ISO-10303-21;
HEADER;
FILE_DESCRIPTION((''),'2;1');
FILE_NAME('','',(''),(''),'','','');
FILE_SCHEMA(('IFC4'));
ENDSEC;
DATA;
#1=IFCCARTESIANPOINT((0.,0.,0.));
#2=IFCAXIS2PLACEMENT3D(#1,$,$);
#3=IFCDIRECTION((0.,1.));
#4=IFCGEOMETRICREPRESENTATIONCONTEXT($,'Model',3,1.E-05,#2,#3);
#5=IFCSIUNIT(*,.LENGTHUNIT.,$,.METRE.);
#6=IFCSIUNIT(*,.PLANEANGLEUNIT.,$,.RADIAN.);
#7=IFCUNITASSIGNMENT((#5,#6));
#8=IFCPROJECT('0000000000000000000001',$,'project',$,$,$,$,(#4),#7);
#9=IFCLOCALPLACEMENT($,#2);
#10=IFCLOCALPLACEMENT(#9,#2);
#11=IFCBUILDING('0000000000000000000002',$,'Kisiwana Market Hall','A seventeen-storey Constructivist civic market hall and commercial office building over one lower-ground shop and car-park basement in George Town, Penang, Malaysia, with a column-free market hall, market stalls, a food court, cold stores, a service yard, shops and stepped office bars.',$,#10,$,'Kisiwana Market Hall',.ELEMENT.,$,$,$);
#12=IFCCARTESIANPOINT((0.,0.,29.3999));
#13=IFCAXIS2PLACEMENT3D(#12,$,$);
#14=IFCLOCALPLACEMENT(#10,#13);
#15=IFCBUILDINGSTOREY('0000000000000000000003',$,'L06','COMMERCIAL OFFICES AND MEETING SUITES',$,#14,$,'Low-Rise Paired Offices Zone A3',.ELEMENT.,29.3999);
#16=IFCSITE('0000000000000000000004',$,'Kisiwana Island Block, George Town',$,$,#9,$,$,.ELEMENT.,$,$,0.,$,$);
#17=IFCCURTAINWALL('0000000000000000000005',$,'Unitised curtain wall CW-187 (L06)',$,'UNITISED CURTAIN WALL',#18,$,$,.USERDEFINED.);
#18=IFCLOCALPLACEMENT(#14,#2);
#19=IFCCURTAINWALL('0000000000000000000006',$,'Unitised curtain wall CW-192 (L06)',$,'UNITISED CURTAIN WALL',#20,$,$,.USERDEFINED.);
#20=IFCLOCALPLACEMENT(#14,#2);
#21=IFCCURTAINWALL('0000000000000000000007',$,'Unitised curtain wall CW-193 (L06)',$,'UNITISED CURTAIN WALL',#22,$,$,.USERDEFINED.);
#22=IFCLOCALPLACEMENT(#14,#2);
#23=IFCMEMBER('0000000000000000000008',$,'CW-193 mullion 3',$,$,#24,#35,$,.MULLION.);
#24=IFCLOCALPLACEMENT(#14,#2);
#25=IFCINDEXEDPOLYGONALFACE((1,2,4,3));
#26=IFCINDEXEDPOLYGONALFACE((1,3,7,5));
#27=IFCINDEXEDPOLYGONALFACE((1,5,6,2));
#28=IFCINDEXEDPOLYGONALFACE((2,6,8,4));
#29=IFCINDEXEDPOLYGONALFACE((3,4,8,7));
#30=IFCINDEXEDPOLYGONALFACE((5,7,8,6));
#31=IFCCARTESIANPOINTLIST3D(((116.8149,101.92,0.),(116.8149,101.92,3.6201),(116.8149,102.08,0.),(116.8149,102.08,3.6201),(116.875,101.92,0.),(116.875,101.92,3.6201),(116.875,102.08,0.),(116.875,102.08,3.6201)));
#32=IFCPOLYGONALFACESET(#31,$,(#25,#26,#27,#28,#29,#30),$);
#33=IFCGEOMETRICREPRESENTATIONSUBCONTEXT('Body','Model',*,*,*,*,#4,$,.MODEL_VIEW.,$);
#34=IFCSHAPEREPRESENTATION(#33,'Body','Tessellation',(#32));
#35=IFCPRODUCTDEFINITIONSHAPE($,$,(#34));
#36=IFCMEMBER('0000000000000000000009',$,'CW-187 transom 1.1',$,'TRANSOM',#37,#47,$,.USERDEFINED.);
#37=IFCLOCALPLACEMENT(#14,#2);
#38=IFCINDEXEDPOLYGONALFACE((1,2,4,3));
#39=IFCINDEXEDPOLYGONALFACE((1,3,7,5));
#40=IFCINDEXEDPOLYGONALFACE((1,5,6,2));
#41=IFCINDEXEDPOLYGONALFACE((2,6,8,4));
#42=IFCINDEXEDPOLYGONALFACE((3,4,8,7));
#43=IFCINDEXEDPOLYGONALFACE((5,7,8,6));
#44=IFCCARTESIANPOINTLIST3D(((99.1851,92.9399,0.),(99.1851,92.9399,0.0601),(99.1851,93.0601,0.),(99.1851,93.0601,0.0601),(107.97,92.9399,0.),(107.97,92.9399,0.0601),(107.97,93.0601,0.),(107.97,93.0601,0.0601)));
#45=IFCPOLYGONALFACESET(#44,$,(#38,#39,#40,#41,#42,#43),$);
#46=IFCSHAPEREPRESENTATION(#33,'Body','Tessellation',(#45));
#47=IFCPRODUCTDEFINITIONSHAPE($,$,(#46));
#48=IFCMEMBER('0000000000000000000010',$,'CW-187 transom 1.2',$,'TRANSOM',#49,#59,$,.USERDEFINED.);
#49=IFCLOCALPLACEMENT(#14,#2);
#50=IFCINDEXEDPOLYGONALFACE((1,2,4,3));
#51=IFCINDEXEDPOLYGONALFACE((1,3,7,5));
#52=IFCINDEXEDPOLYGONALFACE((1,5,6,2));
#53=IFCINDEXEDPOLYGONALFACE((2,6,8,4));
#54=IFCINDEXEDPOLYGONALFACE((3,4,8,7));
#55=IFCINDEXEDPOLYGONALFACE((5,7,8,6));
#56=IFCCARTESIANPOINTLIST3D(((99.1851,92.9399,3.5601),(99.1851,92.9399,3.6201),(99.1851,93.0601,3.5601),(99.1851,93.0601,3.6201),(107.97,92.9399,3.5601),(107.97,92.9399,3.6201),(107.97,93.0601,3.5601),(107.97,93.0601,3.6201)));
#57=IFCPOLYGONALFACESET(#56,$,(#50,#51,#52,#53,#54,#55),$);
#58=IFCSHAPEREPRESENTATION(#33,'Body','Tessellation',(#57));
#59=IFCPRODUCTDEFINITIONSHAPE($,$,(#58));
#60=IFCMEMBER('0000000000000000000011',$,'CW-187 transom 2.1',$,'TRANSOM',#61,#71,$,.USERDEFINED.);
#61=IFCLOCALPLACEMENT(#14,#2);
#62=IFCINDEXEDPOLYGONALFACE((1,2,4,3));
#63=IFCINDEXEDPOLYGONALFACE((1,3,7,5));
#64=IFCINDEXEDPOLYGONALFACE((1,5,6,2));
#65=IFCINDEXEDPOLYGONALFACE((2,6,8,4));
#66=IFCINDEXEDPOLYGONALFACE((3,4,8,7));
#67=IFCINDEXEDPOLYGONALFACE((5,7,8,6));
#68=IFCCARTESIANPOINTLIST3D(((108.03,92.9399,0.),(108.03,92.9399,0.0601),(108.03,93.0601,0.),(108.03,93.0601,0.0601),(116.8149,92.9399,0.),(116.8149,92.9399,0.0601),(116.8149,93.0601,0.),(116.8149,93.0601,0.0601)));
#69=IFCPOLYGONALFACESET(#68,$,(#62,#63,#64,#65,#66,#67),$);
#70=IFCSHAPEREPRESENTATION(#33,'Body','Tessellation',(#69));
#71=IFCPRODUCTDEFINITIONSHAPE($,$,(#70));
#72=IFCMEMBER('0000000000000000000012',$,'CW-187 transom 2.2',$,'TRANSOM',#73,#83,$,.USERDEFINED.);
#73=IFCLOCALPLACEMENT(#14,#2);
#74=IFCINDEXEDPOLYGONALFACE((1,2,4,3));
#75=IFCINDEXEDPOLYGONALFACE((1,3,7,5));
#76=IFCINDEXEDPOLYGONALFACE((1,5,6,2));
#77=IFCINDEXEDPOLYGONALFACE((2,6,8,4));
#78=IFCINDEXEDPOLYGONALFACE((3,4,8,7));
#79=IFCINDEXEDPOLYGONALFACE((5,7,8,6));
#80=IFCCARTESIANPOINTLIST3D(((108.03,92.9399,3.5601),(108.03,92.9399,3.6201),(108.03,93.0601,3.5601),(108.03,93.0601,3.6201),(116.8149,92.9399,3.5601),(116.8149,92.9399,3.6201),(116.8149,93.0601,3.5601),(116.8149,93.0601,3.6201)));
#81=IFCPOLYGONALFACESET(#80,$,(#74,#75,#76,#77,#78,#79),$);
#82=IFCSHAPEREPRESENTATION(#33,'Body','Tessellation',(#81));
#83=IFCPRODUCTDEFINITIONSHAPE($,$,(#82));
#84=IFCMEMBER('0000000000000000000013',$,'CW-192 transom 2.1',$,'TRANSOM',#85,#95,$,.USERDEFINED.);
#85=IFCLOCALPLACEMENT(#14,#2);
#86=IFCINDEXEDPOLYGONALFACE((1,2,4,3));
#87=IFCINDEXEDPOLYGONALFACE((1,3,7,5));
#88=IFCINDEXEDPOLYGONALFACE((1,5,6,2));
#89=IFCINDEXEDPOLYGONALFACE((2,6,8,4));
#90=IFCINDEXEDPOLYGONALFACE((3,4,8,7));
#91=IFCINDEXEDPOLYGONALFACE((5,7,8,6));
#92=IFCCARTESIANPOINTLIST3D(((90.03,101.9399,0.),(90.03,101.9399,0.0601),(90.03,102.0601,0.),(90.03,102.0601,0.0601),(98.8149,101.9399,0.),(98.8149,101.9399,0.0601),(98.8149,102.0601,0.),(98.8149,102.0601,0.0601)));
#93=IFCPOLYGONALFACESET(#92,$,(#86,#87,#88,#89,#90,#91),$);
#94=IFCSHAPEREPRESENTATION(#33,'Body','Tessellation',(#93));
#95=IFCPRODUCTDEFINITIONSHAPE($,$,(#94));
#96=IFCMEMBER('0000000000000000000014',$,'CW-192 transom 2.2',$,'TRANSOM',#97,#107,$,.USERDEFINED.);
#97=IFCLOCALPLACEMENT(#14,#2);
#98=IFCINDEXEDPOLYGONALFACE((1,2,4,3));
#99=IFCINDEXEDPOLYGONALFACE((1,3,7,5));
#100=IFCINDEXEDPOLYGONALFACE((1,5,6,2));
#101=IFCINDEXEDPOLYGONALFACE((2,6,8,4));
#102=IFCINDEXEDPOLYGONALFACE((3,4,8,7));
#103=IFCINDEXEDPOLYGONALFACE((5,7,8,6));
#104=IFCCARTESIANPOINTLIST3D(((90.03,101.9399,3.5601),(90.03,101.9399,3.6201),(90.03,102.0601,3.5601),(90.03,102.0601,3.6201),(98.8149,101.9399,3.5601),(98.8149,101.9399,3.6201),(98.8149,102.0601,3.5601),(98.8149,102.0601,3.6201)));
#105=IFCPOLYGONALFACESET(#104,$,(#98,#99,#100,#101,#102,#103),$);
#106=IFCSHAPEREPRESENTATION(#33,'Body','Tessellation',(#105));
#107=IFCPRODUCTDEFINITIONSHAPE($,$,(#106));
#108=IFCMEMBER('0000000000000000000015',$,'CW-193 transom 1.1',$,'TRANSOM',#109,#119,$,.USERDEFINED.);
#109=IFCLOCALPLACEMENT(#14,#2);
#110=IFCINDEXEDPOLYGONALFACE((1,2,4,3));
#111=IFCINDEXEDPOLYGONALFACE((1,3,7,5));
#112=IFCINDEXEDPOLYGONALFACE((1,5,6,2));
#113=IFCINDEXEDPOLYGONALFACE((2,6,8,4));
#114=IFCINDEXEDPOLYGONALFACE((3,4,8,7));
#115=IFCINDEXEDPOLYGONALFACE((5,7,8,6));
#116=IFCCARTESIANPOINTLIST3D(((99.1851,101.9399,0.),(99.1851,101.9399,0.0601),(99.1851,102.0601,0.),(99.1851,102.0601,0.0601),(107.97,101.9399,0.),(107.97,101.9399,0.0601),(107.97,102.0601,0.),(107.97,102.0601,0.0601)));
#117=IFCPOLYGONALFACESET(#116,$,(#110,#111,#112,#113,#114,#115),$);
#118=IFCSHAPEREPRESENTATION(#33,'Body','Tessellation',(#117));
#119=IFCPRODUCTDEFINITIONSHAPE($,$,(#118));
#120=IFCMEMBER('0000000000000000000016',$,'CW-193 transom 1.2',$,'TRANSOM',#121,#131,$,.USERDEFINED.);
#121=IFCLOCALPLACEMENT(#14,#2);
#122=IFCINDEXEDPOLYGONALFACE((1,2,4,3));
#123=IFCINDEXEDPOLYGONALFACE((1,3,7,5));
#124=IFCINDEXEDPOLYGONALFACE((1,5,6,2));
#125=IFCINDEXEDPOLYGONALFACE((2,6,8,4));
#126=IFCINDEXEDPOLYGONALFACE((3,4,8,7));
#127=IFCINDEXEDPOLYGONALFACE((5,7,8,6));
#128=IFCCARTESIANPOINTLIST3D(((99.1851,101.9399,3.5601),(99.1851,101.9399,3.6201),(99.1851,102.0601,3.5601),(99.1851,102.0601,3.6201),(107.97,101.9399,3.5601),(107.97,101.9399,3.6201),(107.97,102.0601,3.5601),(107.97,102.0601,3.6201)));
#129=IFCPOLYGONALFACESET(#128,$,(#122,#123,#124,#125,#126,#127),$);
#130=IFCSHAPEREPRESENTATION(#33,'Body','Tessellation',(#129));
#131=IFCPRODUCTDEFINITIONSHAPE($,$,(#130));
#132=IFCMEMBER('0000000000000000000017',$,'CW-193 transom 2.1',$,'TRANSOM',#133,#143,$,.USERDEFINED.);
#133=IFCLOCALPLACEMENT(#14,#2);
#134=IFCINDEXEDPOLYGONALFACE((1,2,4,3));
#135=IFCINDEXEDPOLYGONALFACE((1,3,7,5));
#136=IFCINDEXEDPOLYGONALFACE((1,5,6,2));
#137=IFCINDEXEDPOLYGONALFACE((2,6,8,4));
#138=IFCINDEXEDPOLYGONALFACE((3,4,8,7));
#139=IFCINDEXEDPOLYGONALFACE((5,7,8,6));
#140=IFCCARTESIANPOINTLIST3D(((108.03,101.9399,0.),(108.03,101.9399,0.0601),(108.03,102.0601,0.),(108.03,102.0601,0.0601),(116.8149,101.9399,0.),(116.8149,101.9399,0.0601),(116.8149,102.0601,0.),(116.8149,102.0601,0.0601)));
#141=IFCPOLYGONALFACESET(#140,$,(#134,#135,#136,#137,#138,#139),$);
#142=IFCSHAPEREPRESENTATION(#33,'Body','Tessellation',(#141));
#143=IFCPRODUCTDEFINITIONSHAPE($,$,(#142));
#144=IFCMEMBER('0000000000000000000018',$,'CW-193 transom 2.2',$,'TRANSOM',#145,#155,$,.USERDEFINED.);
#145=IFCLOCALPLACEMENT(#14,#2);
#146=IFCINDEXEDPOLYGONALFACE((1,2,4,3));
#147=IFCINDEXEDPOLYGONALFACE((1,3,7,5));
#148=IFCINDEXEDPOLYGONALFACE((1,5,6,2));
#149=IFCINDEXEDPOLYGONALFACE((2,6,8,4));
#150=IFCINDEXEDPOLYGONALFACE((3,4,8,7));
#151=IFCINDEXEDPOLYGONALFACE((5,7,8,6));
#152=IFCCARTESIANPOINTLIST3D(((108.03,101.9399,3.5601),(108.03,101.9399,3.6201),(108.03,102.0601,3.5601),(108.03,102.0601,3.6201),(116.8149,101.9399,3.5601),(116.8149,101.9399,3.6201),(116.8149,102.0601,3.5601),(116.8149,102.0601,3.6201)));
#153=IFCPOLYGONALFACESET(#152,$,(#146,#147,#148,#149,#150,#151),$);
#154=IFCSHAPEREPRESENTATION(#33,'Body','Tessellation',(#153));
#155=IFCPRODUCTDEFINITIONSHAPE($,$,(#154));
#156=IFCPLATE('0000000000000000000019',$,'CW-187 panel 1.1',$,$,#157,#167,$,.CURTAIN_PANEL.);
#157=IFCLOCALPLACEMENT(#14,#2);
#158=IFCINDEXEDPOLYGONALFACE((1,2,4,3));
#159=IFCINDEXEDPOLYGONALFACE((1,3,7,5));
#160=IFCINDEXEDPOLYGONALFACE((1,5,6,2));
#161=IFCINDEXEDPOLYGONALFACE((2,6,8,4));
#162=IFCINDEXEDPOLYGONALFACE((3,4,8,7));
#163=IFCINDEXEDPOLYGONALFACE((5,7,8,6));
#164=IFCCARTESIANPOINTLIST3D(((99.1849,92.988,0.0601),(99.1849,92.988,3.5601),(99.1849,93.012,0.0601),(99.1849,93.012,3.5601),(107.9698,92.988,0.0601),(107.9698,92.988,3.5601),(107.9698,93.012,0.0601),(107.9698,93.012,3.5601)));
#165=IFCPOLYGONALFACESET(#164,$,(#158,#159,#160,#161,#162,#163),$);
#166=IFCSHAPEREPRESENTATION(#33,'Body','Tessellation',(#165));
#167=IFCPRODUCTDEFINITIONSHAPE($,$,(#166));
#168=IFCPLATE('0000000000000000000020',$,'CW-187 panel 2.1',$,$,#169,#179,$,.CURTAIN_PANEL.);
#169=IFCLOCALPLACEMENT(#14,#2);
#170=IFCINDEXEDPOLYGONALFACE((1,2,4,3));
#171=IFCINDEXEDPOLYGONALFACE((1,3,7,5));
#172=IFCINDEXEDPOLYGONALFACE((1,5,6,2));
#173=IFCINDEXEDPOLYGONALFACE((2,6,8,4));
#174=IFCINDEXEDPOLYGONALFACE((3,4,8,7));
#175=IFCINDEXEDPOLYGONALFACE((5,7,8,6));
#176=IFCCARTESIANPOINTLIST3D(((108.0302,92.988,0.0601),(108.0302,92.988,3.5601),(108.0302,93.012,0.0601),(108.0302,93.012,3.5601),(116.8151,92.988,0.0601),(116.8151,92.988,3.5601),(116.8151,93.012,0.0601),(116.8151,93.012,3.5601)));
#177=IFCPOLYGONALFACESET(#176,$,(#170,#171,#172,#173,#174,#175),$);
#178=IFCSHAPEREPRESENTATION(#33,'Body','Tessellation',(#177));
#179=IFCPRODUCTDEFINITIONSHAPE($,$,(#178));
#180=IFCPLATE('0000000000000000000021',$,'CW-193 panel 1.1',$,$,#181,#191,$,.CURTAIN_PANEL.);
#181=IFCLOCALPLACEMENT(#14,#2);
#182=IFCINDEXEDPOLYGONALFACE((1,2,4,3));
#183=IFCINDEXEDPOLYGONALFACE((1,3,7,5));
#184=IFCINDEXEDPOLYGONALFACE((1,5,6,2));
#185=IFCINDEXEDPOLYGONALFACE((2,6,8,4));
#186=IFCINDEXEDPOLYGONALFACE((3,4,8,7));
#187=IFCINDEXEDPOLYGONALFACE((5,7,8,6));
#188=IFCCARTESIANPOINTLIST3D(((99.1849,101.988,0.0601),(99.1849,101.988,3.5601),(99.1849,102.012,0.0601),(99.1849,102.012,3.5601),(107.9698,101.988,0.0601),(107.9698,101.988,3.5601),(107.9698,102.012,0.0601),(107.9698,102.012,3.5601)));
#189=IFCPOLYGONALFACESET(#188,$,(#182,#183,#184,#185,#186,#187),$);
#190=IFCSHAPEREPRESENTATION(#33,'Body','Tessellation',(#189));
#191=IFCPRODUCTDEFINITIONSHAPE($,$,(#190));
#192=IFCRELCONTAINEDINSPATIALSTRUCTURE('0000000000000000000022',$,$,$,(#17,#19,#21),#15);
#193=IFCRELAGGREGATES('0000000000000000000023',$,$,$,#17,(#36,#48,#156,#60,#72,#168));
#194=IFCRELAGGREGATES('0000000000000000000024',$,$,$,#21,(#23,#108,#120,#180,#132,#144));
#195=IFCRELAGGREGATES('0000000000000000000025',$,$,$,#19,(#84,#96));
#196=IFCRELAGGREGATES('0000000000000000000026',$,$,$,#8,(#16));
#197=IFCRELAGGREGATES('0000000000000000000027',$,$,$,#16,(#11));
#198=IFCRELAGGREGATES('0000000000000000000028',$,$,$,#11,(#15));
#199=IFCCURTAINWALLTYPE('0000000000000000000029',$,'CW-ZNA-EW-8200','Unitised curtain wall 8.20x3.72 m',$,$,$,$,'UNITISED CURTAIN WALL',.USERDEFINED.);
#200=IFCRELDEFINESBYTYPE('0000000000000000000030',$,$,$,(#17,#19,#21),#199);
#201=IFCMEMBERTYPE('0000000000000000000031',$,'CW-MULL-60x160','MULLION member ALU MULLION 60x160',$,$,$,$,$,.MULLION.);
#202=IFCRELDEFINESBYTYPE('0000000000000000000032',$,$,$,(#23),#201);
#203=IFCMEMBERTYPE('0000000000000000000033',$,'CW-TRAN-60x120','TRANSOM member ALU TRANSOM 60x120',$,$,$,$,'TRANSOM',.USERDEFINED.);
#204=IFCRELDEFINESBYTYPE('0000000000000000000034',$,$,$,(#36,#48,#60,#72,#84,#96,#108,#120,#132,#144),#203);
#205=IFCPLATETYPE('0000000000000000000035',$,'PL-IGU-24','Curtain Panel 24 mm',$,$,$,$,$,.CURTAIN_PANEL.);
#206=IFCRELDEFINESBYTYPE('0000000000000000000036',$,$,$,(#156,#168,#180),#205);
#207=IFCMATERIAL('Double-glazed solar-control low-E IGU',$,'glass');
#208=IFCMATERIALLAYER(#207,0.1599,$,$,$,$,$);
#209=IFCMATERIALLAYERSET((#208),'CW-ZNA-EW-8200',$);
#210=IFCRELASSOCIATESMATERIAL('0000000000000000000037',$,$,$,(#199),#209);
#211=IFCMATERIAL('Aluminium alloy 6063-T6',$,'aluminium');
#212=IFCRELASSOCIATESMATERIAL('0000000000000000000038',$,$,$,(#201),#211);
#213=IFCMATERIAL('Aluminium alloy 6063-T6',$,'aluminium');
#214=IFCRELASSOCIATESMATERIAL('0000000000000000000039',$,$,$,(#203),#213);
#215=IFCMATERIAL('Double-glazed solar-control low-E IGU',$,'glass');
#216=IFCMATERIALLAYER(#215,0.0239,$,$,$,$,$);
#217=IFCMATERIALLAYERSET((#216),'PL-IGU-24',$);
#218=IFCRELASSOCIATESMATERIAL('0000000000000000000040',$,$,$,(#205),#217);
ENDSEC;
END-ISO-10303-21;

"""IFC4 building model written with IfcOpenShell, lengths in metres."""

from ifc_helpers import new_model, si_unit, direction, frame, origin, origin_2d, place, context, subcontext, project, spatial, rectangle, extrude, material, layer, layer_set, material_profile, profile_set, type_object, element, aggregate, save


model = new_model("IFC4")

# Units and contexts
model_context = context("Model", 3, precision=1e-05, world=origin(), true_north=direction((0.0, 1.0)))
body_context = subcontext(model_context, "Body", "Model", "MODEL_VIEW")
ifc_project = project(units=[si_unit("LENGTHUNIT", "METRE"), si_unit("PLANEANGLEUNIT", "RADIAN")], contexts=[model_context])

# Site, building, storey
site_placement = place(None, origin())
site = spatial("IfcSite", under=ifc_project, at=site_placement, Name="Kisiwana Island Block, George Town", CompositionType="ELEMENT", RefElevation=0.0)
building_placement = place(site_placement, origin())
building = spatial("IfcBuilding", under=site, at=building_placement, Name="Kisiwana Market Hall", Description="A seventeen-storey Constructivist civic market hall and commercial office building over one lower-ground shop and car-park basement in George Town, Penang, Malaysia, with a column-free market hall, market stalls, a food court, cold stores, a service yard, shops and stepped office bars.", LongName="Kisiwana Market Hall", CompositionType="ELEMENT")
storey_placement = place(building_placement, frame((0.0, 0.0, 29.3999)))
storey = spatial("IfcBuildingStorey", under=building, at=storey_placement, Name="L06", Description="COMMERCIAL OFFICES AND MEETING SUITES", LongName="Low-Rise Paired Offices Zone A3", CompositionType="ELEMENT", Elevation=29.3999)

# Shared definitions
ifc_material_1 = material(Name="Double-glazed solar-control low-E IGU", Category="glass")
ifc_layer_1 = layer(ifc_material_1, 0.1599)
ifc_layer_set_1 = layer_set([ifc_layer_1], Name="CW-ZNA-EW-8200")
curtain_wall_type = type_object("IfcCurtainWallType", Name="CW-ZNA-EW-8200", Description="Unitised curtain wall 8.20x3.72 m", ElementType="UNITISED CURTAIN WALL", PredefinedType="USERDEFINED", material=ifc_layer_set_1)
ifc_material_2 = material(Name="Aluminium alloy 6063-T6", Category="aluminium")
ifc_material_profile_1 = material_profile(ifc_material_2, rectangle(XDim=0.0601, YDim=0.1599, at=origin_2d()), Name="ALU MULLION 60x160")
ifc_profile_set_1 = profile_set([ifc_material_profile_1], Name="Aluminium alloy 6063-T6")
member_type_1 = type_object("IfcMemberType", Name="CW-MULL-60x160", Description="MULLION member ALU MULLION 60x160", PredefinedType="MULLION", material=ifc_profile_set_1)

# Curtain wall
curtain_wall_1_placement = place(storey_placement, origin())
curtain_wall_1 = element("IfcCurtainWall", 1, at=curtain_wall_1_placement, inside=storey, type_object=curtain_wall_type, Name="Unitised curtain wall CW-187 (L06)", ObjectType="UNITISED CURTAIN WALL", PredefinedType="USERDEFINED")

# Curtain wall
curtain_wall_2_placement = place(storey_placement, origin())
curtain_wall_2 = element("IfcCurtainWall", 2, at=curtain_wall_2_placement, inside=storey, type_object=curtain_wall_type, Name="Unitised curtain wall CW-192 (L06)", ObjectType="UNITISED CURTAIN WALL", PredefinedType="USERDEFINED")

# Curtain wall, member
curtain_wall_3_placement = place(storey_placement, origin())
curtain_wall_3 = element("IfcCurtainWall", 3, at=curtain_wall_3_placement, inside=storey, type_object=curtain_wall_type, Name="Unitised curtain wall CW-193 (L06)", ObjectType="UNITISED CURTAIN WALL", PredefinedType="USERDEFINED")
member_1_placement = place(storey_placement, frame((116.845, 102.0, 0.0), z_axis=(0.0, 0.0, 1.0), x_axis=(1.0, 0.0, 0.0)))
member_1 = element("IfcMember", 4, at=member_1_placement, type_object=member_type_1, Name="CW-193 mullion 3", PredefinedType="MULLION", context=body_context, shape_type="SweptSolid", body=[
    extrude(rectangle(XDim=0.0601, YDim=0.1599, at=origin_2d()), origin(), (0.0, 0.0, 1.0), 3.6201),
])

# Members
ifc_material_3 = material(Name="Aluminium alloy 6063-T6", Category="aluminium")
ifc_material_profile_2 = material_profile(ifc_material_3, rectangle(XDim=0.1201, YDim=0.0601, at=origin_2d()), Name="ALU TRANSOM 60x120")
ifc_profile_set_2 = profile_set([ifc_material_profile_2], Name="Aluminium alloy 6063-T6")
member_type_2 = type_object("IfcMemberType", Name="CW-TRAN-60x120", Description="TRANSOM member ALU TRANSOM 60x120", ElementType="TRANSOM", PredefinedType="USERDEFINED", material=ifc_profile_set_2)
member_2_placement = place(storey_placement, frame((99.1851, 93.0, 0.03), z_axis=(1.0, 0.0, 0.0), x_axis=(0.0, 1.0, 0.0)))
member_2 = element("IfcMember", 5, at=member_2_placement, type_object=member_type_2, Name="CW-187 transom 1.1", ObjectType="TRANSOM", PredefinedType="USERDEFINED", context=body_context, shape_type="SweptSolid", body=[
    extrude(rectangle(XDim=0.1201, YDim=0.0601, at=origin_2d()), origin(), (0.0, 0.0, 1.0), 8.7849),
])
member_3_placement = place(storey_placement, frame((99.1851, 93.0, 3.5901), z_axis=(1.0, 0.0, 0.0), x_axis=(0.0, 1.0, 0.0)))
member_3 = element("IfcMember", 6, at=member_3_placement, type_object=member_type_2, Name="CW-187 transom 1.2", ObjectType="TRANSOM", PredefinedType="USERDEFINED", context=body_context, shape_type="SweptSolid", body=[
    extrude(rectangle(XDim=0.1201, YDim=0.0601, at=origin_2d()), origin(), (0.0, 0.0, 1.0), 8.7849),
])
member_4_placement = place(storey_placement, frame((108.03, 93.0, 0.03), z_axis=(1.0, 0.0, 0.0), x_axis=(0.0, 1.0, 0.0)))
member_4 = element("IfcMember", 7, at=member_4_placement, type_object=member_type_2, Name="CW-187 transom 2.1", ObjectType="TRANSOM", PredefinedType="USERDEFINED", context=body_context, shape_type="SweptSolid", body=[
    extrude(rectangle(XDim=0.1201, YDim=0.0601, at=origin_2d()), origin(), (0.0, 0.0, 1.0), 8.7849),
])
member_5_placement = place(storey_placement, frame((108.03, 93.0, 3.5901), z_axis=(1.0, 0.0, 0.0), x_axis=(0.0, 1.0, 0.0)))
member_5 = element("IfcMember", 8, at=member_5_placement, type_object=member_type_2, Name="CW-187 transom 2.2", ObjectType="TRANSOM", PredefinedType="USERDEFINED", context=body_context, shape_type="SweptSolid", body=[
    extrude(rectangle(XDim=0.1201, YDim=0.0601, at=origin_2d()), origin(), (0.0, 0.0, 1.0), 8.7849),
])
member_6_placement = place(storey_placement, frame((90.03, 102.0, 0.03), z_axis=(1.0, 0.0, 0.0), x_axis=(0.0, 1.0, 0.0)))
member_6 = element("IfcMember", 9, at=member_6_placement, type_object=member_type_2, Name="CW-192 transom 2.1", ObjectType="TRANSOM", PredefinedType="USERDEFINED", context=body_context, shape_type="SweptSolid", body=[
    extrude(rectangle(XDim=0.1201, YDim=0.0601, at=origin_2d()), origin(), (0.0, 0.0, 1.0), 8.7849),
])
member_7_placement = place(storey_placement, frame((90.03, 102.0, 3.5901), z_axis=(1.0, 0.0, 0.0), x_axis=(0.0, 1.0, 0.0)))
member_7 = element("IfcMember", 10, at=member_7_placement, type_object=member_type_2, Name="CW-192 transom 2.2", ObjectType="TRANSOM", PredefinedType="USERDEFINED", context=body_context, shape_type="SweptSolid", body=[
    extrude(rectangle(XDim=0.1201, YDim=0.0601, at=origin_2d()), origin(), (0.0, 0.0, 1.0), 8.7849),
])
member_8_placement = place(storey_placement, frame((99.1851, 102.0, 0.03), z_axis=(1.0, 0.0, 0.0), x_axis=(0.0, 1.0, 0.0)))
member_8 = element("IfcMember", 11, at=member_8_placement, type_object=member_type_2, Name="CW-193 transom 1.1", ObjectType="TRANSOM", PredefinedType="USERDEFINED", context=body_context, shape_type="SweptSolid", body=[
    extrude(rectangle(XDim=0.1201, YDim=0.0601, at=origin_2d()), origin(), (0.0, 0.0, 1.0), 8.7849),
])
member_9_placement = place(storey_placement, frame((99.1851, 102.0, 3.5901), z_axis=(1.0, 0.0, 0.0), x_axis=(0.0, 1.0, 0.0)))
member_9 = element("IfcMember", 12, at=member_9_placement, type_object=member_type_2, Name="CW-193 transom 1.2", ObjectType="TRANSOM", PredefinedType="USERDEFINED", context=body_context, shape_type="SweptSolid", body=[
    extrude(rectangle(XDim=0.1201, YDim=0.0601, at=origin_2d()), origin(), (0.0, 0.0, 1.0), 8.7849),
])
member_10_placement = place(storey_placement, frame((108.03, 102.0, 0.03), z_axis=(1.0, 0.0, 0.0), x_axis=(0.0, 1.0, 0.0)))
member_10 = element("IfcMember", 13, at=member_10_placement, type_object=member_type_2, Name="CW-193 transom 2.1", ObjectType="TRANSOM", PredefinedType="USERDEFINED", context=body_context, shape_type="SweptSolid", body=[
    extrude(rectangle(XDim=0.1201, YDim=0.0601, at=origin_2d()), origin(), (0.0, 0.0, 1.0), 8.7849),
])
member_11_placement = place(storey_placement, frame((108.03, 102.0, 3.5901), z_axis=(1.0, 0.0, 0.0), x_axis=(0.0, 1.0, 0.0)))
member_11 = element("IfcMember", 14, at=member_11_placement, type_object=member_type_2, Name="CW-193 transom 2.2", ObjectType="TRANSOM", PredefinedType="USERDEFINED", context=body_context, shape_type="SweptSolid", body=[
    extrude(rectangle(XDim=0.1201, YDim=0.0601, at=origin_2d()), origin(), (0.0, 0.0, 1.0), 8.7849),
])

# Plates
ifc_material_4 = material(Name="Double-glazed solar-control low-E IGU", Category="glass")
ifc_layer_2 = layer(ifc_material_4, 0.0239)
ifc_layer_set_2 = layer_set([ifc_layer_2], Name="PL-IGU-24")
plate_type_1 = type_object("IfcPlateType", Name="PL-IGU-24", Description="Curtain Panel 24 mm", PredefinedType="CURTAIN_PANEL", material=ifc_layer_set_2)
plate_1_placement = place(storey_placement, frame((103.5774, 93.0, 0.0601), z_axis=(0.0, 0.0, 1.0), x_axis=(1.0, 0.0, 0.0)))
plate_1 = element("IfcPlate", 15, at=plate_1_placement, type_object=plate_type_1, Name="CW-187 panel 1.1", PredefinedType="CURTAIN_PANEL", context=body_context, shape_type="SweptSolid", body=[
    extrude(rectangle(XDim=8.7849, YDim=0.0239, at=origin_2d()), origin(), (0.0, 0.0, 1.0), 3.5),
])
plate_2_placement = place(storey_placement, frame((112.4226, 93.0, 0.0601), z_axis=(0.0, 0.0, 1.0), x_axis=(1.0, 0.0, 0.0)))
plate_2 = element("IfcPlate", 16, at=plate_2_placement, type_object=plate_type_1, Name="CW-187 panel 2.1", PredefinedType="CURTAIN_PANEL", context=body_context, shape_type="SweptSolid", body=[
    extrude(rectangle(XDim=8.7849, YDim=0.0239, at=origin_2d()), origin(), (0.0, 0.0, 1.0), 3.5),
])
aggregate(curtain_wall_1, [member_2, member_3, plate_1, member_4, member_5, plate_2])
plate_3_placement = place(storey_placement, frame((103.5774, 102.0, 0.0601), z_axis=(0.0, 0.0, 1.0), x_axis=(1.0, 0.0, 0.0)))
plate_3 = element("IfcPlate", 17, at=plate_3_placement, type_object=plate_type_1, Name="CW-193 panel 1.1", PredefinedType="CURTAIN_PANEL", context=body_context, shape_type="SweptSolid", body=[
    extrude(rectangle(XDim=8.7849, YDim=0.0239, at=origin_2d()), origin(), (0.0, 0.0, 1.0), 3.5),
])
aggregate(curtain_wall_3, [member_1, member_8, member_9, plate_3, member_10, member_11])
aggregate(curtain_wall_2, [member_6, member_7])

save(model, "model.ifc")
